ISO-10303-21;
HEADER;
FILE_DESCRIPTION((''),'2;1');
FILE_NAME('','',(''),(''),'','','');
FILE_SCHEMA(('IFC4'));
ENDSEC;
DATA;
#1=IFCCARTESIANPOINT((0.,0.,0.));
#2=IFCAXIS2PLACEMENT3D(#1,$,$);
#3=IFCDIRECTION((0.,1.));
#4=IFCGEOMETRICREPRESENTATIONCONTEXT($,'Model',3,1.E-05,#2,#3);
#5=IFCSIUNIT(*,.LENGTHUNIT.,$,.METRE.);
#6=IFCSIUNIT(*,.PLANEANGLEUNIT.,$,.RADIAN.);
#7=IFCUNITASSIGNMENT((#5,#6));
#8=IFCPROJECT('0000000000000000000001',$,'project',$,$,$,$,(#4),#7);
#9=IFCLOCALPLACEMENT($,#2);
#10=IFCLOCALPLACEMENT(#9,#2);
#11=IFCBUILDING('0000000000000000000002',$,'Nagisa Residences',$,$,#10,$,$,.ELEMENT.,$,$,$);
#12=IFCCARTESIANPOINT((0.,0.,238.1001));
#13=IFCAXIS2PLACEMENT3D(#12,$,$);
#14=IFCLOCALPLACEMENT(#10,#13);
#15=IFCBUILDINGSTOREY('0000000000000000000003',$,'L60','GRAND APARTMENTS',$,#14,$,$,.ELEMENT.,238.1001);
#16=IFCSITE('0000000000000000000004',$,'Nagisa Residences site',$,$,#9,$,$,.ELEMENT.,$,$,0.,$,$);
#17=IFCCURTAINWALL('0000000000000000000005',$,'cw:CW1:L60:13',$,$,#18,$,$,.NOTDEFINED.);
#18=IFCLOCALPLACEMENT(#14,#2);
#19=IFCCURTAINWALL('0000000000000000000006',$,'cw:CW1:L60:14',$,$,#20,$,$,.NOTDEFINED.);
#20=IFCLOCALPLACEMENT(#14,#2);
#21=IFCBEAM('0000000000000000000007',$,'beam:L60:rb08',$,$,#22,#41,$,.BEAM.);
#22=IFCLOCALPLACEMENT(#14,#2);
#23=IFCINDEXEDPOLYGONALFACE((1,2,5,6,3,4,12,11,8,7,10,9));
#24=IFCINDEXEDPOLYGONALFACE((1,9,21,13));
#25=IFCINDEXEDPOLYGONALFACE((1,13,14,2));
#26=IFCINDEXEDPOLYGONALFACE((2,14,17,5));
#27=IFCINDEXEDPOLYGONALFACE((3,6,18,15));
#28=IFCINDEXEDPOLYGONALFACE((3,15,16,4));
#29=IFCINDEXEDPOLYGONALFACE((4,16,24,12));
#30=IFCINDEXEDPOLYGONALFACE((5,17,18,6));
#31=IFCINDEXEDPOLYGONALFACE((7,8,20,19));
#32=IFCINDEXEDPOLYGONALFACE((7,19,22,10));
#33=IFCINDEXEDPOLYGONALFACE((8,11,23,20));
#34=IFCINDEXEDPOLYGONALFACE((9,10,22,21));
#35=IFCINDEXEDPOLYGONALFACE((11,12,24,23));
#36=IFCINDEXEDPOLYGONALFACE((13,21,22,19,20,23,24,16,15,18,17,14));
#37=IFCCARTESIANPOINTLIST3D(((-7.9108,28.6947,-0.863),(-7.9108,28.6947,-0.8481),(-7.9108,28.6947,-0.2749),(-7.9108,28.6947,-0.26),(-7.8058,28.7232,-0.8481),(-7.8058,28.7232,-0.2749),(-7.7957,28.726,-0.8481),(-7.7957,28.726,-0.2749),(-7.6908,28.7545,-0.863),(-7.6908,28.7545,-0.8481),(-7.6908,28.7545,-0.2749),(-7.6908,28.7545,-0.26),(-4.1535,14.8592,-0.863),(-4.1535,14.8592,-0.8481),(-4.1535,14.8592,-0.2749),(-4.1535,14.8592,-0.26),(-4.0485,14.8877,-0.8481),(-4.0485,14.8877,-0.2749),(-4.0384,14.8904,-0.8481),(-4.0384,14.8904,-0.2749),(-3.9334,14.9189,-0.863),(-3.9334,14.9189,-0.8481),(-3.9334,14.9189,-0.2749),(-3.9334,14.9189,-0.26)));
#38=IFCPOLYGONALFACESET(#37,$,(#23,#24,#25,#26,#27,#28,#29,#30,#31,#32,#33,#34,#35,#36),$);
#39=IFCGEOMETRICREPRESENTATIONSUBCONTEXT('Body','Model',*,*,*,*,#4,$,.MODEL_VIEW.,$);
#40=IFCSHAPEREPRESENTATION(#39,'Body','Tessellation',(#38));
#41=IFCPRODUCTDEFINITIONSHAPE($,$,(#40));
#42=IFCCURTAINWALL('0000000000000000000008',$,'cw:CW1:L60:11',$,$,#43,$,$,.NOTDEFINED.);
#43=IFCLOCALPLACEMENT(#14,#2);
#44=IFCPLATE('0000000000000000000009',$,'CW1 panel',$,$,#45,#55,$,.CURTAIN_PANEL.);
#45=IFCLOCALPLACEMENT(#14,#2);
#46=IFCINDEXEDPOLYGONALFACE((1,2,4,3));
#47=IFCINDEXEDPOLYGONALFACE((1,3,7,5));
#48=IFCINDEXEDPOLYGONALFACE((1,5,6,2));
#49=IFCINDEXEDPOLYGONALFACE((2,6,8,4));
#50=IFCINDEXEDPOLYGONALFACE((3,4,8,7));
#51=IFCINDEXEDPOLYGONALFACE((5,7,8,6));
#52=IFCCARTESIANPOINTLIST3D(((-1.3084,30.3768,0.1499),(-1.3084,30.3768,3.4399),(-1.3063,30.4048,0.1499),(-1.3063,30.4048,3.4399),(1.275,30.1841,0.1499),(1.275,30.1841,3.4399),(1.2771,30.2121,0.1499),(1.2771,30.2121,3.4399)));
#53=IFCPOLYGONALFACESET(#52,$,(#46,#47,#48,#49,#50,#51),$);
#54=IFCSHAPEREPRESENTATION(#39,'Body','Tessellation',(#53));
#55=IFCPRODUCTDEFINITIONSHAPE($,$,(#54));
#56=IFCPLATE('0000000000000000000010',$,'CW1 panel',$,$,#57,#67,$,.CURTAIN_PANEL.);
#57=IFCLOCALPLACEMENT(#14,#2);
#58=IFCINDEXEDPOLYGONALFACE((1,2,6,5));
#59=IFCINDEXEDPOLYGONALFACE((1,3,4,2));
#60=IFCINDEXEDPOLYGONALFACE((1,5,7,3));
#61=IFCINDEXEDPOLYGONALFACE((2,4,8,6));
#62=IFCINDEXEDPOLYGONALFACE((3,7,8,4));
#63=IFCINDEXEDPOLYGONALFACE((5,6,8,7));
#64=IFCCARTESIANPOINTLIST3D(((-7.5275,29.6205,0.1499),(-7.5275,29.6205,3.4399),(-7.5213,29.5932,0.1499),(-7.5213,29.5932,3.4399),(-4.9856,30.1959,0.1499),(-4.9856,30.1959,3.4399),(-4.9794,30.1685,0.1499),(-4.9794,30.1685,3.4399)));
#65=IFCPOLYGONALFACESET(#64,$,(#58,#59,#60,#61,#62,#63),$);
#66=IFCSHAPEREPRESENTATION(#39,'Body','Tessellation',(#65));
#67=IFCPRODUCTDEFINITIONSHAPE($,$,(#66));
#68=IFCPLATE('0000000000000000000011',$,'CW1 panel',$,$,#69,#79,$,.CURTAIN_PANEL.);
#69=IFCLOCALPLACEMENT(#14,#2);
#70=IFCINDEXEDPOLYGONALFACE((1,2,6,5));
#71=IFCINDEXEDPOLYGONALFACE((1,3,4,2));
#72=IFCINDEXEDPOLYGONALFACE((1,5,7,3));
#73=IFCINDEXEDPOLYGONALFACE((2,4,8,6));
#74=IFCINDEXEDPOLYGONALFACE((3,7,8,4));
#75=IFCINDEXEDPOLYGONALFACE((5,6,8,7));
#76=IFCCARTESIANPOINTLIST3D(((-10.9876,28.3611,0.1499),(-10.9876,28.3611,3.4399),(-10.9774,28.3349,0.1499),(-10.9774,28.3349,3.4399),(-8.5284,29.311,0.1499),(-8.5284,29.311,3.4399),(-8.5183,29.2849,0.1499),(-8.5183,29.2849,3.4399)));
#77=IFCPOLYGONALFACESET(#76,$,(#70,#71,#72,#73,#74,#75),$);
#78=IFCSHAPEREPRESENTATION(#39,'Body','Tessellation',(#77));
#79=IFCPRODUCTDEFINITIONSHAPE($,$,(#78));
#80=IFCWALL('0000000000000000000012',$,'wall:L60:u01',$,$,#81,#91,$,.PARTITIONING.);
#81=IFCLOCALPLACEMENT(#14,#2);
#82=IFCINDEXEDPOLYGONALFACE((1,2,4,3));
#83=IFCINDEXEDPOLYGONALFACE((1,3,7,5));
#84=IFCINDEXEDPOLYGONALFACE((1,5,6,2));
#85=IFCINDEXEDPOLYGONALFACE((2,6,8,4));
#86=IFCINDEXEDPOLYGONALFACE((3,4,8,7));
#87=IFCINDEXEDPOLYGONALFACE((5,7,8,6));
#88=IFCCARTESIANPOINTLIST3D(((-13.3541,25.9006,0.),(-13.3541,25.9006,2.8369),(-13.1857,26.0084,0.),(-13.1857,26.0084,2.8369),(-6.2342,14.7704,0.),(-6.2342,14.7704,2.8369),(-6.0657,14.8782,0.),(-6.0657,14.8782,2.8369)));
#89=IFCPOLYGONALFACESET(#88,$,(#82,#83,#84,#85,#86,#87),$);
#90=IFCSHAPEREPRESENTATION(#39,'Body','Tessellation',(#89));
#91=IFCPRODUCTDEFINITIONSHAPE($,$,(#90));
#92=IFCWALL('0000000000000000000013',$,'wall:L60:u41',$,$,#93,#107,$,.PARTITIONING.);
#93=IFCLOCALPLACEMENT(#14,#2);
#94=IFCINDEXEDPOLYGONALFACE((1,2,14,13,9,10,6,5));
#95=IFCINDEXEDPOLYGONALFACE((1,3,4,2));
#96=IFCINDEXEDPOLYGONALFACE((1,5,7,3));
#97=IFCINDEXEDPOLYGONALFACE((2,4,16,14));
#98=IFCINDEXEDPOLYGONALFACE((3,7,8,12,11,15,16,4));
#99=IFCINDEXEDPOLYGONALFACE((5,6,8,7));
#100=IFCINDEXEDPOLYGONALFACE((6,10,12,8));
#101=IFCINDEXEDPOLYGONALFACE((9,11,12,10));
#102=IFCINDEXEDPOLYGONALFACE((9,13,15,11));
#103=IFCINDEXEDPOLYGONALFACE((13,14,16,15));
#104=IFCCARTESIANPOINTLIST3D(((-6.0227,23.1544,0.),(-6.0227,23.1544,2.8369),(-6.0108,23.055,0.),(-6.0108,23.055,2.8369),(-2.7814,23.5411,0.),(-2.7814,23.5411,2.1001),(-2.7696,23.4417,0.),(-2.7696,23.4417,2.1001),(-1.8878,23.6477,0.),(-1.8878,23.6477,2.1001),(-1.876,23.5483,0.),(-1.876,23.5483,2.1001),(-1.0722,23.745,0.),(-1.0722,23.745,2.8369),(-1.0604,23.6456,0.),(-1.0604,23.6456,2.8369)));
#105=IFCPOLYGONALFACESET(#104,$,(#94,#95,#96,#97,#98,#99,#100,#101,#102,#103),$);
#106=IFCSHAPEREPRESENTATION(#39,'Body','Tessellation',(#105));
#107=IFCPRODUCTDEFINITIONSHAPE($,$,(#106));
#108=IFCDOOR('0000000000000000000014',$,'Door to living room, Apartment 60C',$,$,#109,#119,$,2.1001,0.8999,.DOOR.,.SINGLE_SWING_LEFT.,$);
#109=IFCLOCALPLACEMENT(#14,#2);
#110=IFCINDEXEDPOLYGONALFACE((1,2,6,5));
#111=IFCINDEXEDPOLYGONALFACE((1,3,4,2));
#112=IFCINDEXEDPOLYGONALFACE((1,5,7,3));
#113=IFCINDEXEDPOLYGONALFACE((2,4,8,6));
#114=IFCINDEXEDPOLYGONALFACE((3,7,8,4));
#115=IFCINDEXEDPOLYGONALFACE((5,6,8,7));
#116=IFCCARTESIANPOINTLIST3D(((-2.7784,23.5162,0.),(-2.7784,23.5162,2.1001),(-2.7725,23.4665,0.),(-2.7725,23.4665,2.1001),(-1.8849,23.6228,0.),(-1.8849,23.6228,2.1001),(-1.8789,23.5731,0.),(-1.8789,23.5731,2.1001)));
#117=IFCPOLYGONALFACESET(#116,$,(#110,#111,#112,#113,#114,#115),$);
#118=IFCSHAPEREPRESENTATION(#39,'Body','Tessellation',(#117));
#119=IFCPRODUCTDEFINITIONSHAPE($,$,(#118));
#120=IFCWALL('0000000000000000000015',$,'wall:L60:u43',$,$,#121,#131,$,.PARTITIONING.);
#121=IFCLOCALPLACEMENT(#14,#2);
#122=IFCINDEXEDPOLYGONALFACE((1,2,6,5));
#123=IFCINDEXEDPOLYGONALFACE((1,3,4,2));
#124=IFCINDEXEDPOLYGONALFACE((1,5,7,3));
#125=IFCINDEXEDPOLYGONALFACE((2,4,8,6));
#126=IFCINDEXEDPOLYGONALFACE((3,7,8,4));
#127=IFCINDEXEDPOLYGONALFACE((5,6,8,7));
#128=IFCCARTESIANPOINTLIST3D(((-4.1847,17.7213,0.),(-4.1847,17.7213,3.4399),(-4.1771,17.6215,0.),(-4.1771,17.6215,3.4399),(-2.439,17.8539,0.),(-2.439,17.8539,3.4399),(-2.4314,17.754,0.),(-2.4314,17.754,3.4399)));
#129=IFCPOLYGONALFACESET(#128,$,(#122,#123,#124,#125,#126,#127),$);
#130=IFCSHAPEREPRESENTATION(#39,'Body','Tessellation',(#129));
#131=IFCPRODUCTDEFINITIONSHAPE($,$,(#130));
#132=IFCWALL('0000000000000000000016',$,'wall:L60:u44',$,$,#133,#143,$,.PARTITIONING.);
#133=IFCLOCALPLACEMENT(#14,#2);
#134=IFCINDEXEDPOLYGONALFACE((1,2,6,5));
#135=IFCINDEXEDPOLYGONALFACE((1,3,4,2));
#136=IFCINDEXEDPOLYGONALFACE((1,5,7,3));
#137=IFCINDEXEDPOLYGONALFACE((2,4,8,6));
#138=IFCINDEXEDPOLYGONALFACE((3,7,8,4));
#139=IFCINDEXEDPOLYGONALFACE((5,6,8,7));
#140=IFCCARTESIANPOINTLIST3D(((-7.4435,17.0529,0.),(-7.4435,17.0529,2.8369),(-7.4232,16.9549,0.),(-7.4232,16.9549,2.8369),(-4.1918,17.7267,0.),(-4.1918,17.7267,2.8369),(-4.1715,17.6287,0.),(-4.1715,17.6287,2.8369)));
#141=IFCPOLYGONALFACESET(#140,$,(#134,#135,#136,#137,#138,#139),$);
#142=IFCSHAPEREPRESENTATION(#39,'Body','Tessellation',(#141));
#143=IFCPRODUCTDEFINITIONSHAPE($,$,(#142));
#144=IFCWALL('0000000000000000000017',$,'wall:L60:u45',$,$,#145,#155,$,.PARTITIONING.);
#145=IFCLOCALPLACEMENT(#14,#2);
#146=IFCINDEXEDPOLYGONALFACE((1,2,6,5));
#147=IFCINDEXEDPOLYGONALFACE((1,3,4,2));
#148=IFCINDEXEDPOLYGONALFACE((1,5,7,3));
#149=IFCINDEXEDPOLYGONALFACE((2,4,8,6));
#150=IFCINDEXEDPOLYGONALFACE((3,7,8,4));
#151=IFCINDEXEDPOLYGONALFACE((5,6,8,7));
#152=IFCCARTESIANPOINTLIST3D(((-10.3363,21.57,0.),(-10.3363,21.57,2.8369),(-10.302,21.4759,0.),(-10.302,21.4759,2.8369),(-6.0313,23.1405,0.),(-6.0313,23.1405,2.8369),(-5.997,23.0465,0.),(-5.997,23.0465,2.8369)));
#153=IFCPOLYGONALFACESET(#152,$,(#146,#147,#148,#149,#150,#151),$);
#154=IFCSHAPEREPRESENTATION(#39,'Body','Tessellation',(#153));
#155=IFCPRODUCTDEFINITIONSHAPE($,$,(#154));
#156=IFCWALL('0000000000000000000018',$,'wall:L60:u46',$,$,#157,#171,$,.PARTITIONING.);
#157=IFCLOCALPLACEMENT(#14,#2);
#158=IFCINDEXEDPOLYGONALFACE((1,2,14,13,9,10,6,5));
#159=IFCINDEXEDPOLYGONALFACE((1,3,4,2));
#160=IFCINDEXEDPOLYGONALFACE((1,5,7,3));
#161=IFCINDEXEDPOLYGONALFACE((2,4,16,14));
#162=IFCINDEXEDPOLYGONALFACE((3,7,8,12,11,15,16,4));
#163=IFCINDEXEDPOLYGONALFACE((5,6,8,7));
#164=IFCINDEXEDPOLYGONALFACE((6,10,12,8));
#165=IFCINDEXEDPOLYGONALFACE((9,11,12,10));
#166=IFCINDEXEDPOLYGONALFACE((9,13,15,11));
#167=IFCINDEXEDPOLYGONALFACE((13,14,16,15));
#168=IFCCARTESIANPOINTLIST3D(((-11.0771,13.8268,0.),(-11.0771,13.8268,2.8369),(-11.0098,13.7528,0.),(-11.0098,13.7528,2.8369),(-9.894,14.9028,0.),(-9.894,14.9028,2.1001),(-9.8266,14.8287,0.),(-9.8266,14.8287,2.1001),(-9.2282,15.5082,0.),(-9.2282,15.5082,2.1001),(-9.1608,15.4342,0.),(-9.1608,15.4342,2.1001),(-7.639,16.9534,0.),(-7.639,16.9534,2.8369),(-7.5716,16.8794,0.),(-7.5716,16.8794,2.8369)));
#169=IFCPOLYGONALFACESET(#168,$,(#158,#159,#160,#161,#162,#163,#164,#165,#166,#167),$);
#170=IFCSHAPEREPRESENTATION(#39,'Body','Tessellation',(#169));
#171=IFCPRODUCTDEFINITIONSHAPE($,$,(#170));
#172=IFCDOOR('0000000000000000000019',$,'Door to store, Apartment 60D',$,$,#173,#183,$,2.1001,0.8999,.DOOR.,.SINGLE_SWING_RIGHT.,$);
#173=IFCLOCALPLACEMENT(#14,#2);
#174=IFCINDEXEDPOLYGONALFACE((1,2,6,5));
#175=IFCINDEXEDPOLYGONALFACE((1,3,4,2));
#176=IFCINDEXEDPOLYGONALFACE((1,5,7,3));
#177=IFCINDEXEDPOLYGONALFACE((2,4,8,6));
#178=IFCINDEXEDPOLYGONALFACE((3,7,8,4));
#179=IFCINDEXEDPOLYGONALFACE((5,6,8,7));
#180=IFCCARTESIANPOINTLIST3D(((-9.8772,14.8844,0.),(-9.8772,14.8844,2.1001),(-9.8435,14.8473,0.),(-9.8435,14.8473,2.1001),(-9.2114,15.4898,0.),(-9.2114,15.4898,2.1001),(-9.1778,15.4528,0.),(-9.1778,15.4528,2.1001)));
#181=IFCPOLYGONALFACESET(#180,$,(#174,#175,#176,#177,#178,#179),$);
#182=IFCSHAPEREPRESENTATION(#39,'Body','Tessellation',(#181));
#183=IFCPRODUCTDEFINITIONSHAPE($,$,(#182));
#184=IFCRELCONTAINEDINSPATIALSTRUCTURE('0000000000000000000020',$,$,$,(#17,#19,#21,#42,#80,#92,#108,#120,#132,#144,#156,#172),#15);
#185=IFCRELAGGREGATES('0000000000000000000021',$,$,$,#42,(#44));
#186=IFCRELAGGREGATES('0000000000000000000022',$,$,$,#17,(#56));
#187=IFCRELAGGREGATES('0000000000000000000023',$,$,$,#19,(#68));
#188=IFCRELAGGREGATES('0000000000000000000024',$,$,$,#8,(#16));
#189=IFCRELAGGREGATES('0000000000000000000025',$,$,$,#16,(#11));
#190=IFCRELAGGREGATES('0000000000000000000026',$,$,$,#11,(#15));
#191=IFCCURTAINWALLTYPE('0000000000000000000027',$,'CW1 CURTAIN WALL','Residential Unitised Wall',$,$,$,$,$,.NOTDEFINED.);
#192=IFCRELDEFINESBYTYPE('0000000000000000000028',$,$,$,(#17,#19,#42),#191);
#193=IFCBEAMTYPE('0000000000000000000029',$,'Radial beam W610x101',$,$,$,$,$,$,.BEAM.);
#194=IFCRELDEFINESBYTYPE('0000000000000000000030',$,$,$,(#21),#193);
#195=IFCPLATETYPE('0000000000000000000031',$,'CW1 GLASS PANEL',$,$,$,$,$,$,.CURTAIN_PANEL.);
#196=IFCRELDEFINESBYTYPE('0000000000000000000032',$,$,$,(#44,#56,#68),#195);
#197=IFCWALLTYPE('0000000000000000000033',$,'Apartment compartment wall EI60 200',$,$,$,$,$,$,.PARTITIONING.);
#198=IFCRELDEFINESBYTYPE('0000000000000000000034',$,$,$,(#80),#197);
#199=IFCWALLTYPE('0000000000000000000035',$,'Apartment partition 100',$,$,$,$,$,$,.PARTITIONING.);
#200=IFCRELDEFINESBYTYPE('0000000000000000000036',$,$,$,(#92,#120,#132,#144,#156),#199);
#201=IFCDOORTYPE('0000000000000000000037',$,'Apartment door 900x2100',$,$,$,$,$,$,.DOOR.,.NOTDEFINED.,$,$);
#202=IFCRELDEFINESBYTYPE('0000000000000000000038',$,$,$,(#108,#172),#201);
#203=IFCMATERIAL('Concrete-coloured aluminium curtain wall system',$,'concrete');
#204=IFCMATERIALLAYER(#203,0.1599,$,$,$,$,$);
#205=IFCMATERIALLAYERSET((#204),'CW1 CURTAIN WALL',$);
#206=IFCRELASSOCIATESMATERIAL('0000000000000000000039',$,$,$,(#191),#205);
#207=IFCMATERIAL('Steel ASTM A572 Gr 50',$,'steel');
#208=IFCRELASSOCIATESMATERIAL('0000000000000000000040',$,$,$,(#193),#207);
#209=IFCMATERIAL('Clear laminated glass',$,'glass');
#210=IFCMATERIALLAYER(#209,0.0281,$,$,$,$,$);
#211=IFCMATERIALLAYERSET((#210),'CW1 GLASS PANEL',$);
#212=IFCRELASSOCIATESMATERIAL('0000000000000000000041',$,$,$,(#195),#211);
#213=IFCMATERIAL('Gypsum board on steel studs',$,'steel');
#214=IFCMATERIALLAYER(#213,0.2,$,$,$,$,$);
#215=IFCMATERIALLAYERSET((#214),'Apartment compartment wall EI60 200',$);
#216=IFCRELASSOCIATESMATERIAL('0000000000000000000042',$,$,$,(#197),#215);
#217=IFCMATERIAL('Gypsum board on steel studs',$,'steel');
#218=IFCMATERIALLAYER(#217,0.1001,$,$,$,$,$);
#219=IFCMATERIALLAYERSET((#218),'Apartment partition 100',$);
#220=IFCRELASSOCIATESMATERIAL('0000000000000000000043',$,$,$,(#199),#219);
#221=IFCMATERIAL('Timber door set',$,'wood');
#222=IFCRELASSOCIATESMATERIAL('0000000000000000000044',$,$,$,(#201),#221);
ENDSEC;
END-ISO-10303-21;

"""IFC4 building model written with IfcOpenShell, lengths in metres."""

from ifc_helpers import new_model, si_unit, direction, frame, frame_2d, origin, origin_2d, place, context, subcontext, project, spatial, rectangle, i_section, extrude, material, layer, layer_set, material_profile, profile_set, type_object, element, fill, aggregate, save


model = new_model("IFC4")

# Units and contexts
model_context = context("Model", 3, precision=1e-05, world=origin(), true_north=direction((0.0, 1.0)))
body_context = subcontext(model_context, "Body", "Model", "MODEL_VIEW")
ifc_project = project(units=[si_unit("LENGTHUNIT", "METRE"), si_unit("PLANEANGLEUNIT", "RADIAN")], contexts=[model_context])

# Site, building, storey
site_placement = place(None, origin())
site = spatial("IfcSite", under=ifc_project, at=site_placement, Name="Nagisa Residences site", CompositionType="ELEMENT", RefElevation=0.0)
building_placement = place(site_placement, origin())
building = spatial("IfcBuilding", under=site, at=building_placement, Name="Nagisa Residences", CompositionType="ELEMENT")
storey_placement = place(building_placement, frame((0.0, 0.0, 238.1001)))
storey = spatial("IfcBuildingStorey", under=building, at=storey_placement, Name="L60", Description="GRAND APARTMENTS", CompositionType="ELEMENT", Elevation=238.1001)

# Curtain walls
ifc_material_1 = material(Name="Concrete-coloured aluminium curtain wall system", Category="concrete")
ifc_layer_1 = layer(ifc_material_1, 0.1599)
ifc_layer_set_1 = layer_set([ifc_layer_1], Name="CW1 CURTAIN WALL")
curtain_wall_type = type_object("IfcCurtainWallType", Name="CW1 CURTAIN WALL", Description="Residential Unitised Wall", PredefinedType="NOTDEFINED", material=ifc_layer_set_1)
curtain_wall_1_placement = place(storey_placement, origin())
curtain_wall_1 = element("IfcCurtainWall", 1, at=curtain_wall_1_placement, inside=storey, type_object=curtain_wall_type, Name="cw:CW1:L60:13", PredefinedType="NOTDEFINED")
curtain_wall_2_placement = place(storey_placement, origin())
curtain_wall_2 = element("IfcCurtainWall", 2, at=curtain_wall_2_placement, inside=storey, type_object=curtain_wall_type, Name="cw:CW1:L60:14", PredefinedType="NOTDEFINED")

# Beam
ifc_material_2 = material(Name="Steel ASTM A572 Gr 50", Category="steel")
ifc_material_profile_1 = material_profile(ifc_material_2, i_section(OverallWidth=0.228, OverallDepth=0.603, WebThickness=0.0105, FlangeThickness=0.0149, at=origin_2d()), Name="W610x101")
ifc_profile_set_1 = profile_set([ifc_material_profile_1], Name="Steel ASTM A572 Gr 50")
beam_type_1 = type_object("IfcBeamType", Name="Radial beam W610x101", PredefinedType="BEAM", material=ifc_profile_set_1)
beam_1_placement = place(storey_placement, frame((-7.8008, 28.7246, -0.5615), z_axis=(0.26208, -0.965046, 0.0), x_axis=(0.965046, 0.26208, 0.0)))
element("IfcBeam", 3, at=beam_1_placement, inside=storey, type_object=beam_type_1, Name="beam:L60:rb08", PredefinedType="BEAM", context=body_context, shape_type="SweptSolid", body=[
    extrude(i_section(OverallWidth=0.228, OverallDepth=0.603, WebThickness=0.0105, FlangeThickness=0.0149, at=origin_2d()), origin(), (0.0, 0.0, 1.0), 14.3367),
])

# Curtain wall, plate
curtain_wall_3_placement = place(storey_placement, origin())
curtain_wall_3 = element("IfcCurtainWall", 4, at=curtain_wall_3_placement, inside=storey, type_object=curtain_wall_type, Name="cw:CW1:L60:11", PredefinedType="NOTDEFINED")
ifc_material_3 = material(Name="Clear laminated glass", Category="glass")
ifc_layer_2 = layer(ifc_material_3, 0.0281)
ifc_layer_set_2 = layer_set([ifc_layer_2], Name="CW1 GLASS PANEL")
plate_type = type_object("IfcPlateType", Name="CW1 GLASS PANEL", PredefinedType="CURTAIN_PANEL", material=ifc_layer_set_2)
plate_1_placement = place(storey_placement, frame((-0.0156, 30.2944, 0.1499), z_axis=(0.0, 0.0, 1.0), x_axis=(-0.99723, 0.074377, 0.0)))
plate_1 = element("IfcPlate", 5, at=plate_1_placement, type_object=plate_type, Name="CW1 panel", PredefinedType="CURTAIN_PANEL", context=body_context, shape_type="SweptSolid", body=[
    extrude(rectangle(XDim=2.5906, YDim=0.0281, at=origin_2d()), origin(), (0.0, 0.0, 1.0), 3.29),
])
aggregate(curtain_wall_3, [plate_1])

# Plates
plate_2_placement = place(storey_placement, frame((-6.2534, 29.8945, 0.1499), z_axis=(0.0, 0.0, 1.0), x_axis=(-0.975327, -0.220764, 0.0)))
plate_2 = element("IfcPlate", 6, at=plate_2_placement, type_object=plate_type, Name="CW1 panel", PredefinedType="CURTAIN_PANEL", context=body_context, shape_type="SweptSolid", body=[
    extrude(rectangle(XDim=2.6062, YDim=0.0281, at=origin_2d()), origin(), (0.0, 0.0, 1.0), 3.29),
])
aggregate(curtain_wall_1, [plate_2])
plate_3_placement = place(storey_placement, frame((-9.7529, 28.823, 0.1499), z_axis=(0.0, 0.0, 1.0), x_axis=(-0.932826, -0.360328, 0.0)))
plate_3 = element("IfcPlate", 7, at=plate_3_placement, type_object=plate_type, Name="CW1 panel", PredefinedType="CURTAIN_PANEL", context=body_context, shape_type="SweptSolid", body=[
    extrude(rectangle(XDim=2.6362, YDim=0.0281, at=origin_2d()), origin(), (0.0, 0.0, 1.0), 3.29),
])
aggregate(curtain_wall_2, [plate_3])

# Wall
ifc_material_4 = material(Name="Gypsum board on steel studs", Category="steel")
ifc_layer_3 = layer(ifc_material_4, 0.2)
ifc_layer_set_3 = layer_set([ifc_layer_3], Name="Apartment compartment wall EI60 200")
wall_type_1 = type_object("IfcWallType", Name="Apartment compartment wall EI60 200", PredefinedType="PARTITIONING", material=ifc_layer_set_3)
wall_1_placement = place(storey_placement, frame((-6.1499, 14.8242, 0.0), z_axis=(0.0, 0.0, 1.0), x_axis=(-0.538871, 0.842388, 0.0)))
element("IfcWall", 8, at=wall_1_placement, inside=storey, type_object=wall_type_1, Name="wall:L60:u01", PredefinedType="PARTITIONING", context=body_context, shape_type="SweptSolid", body=[
    extrude(rectangle(XDim=13.2126, YDim=0.2, at=frame_2d((6.6064, 0.0))), origin(), (0.0, 0.0, 1.0), 2.8369),
])

# Wall, opening, door
ifc_material_5 = material(Name="Gypsum board on steel studs", Category="steel")
ifc_layer_4 = layer(ifc_material_5, 0.1001)
ifc_layer_set_4 = layer_set([ifc_layer_4], Name="Apartment partition 100")
wall_type_2 = type_object("IfcWallType", Name="Apartment partition 100", PredefinedType="PARTITIONING", material=ifc_layer_set_4)
wall_2_placement = place(storey_placement, frame((-1.0664, 23.6953, 0.0), z_axis=(0.0, 0.0, 1.0), x_axis=(-0.992959, -0.118458, 0.0)))
wall_2 = element("IfcWall", 9, at=wall_2_placement, inside=storey, type_object=wall_type_2, Name="wall:L60:u41", PredefinedType="PARTITIONING", context=body_context, shape_type="SweptSolid", body=[
    extrude(rectangle(XDim=4.9856, YDim=0.1001, at=frame_2d((2.4927, 0.0))), origin(), (0.0, 0.0, 1.0), 2.8369),
])
opening_1_placement = place(wall_2_placement, frame((0.8213, 0.0, 0.0)))
opening_1 = element("IfcOpeningElement", 10, at=opening_1_placement, cuts=wall_2, PredefinedType="OPENING", context=body_context, shape_type="SweptSolid", body=[
    extrude(rectangle(XDim=0.8999, YDim=2.1001, at=frame_2d((0.45, 1.05))), frame((0.0, 0.0601, 0.0), z_axis=(0.0, -1.0, 0.0), x_axis=(1.0, 0.0, 0.0)), (0.0, 0.0, 1.0), 0.1201),
])
ifc_material_6 = material(Name="Timber door set", Category="wood")
door_type_1 = type_object("IfcDoorType", Name="Apartment door 900x2100", OperationType="NOTDEFINED", PredefinedType="DOOR", material=ifc_material_6)
door_1_placement = place(opening_1_placement, frame((0.8999, 0.0, 0.0), x_axis=(-1.0, 0.0, 0.0)))
door_1 = element("IfcDoor", 11, at=door_1_placement, inside=storey, type_object=door_type_1, Name="Door to living room, Apartment 60C", OperationType="SINGLE_SWING_LEFT", OverallHeight=2.1001, OverallWidth=0.8999, PredefinedType="DOOR", context=body_context, shape_type="SweptSolid", body=[
    extrude(rectangle(XDim=0.8999, YDim=2.1001, at=frame_2d((0.45, 1.05))), frame((0.0, 0.0249, 0.0), z_axis=(0.0, -1.0, 0.0), x_axis=(1.0, 0.0, 0.0)), (0.0, 0.0, 1.0), 0.05),
])
fill(opening_1, door_1)

# Walls
wall_3_placement = place(storey_placement, frame((-2.4351, 17.804, 0.0), z_axis=(0.0, 0.0, 1.0), x_axis=(-0.997129, -0.075726, 0.0)))
element("IfcWall", 12, at=wall_3_placement, inside=storey, type_object=wall_type_2, Name="wall:L60:u43", PredefinedType="PARTITIONING", context=body_context, shape_type="SweptSolid", body=[
    extrude(rectangle(XDim=1.7507, YDim=0.1001, at=frame_2d((0.8755, 0.0))), origin(), (0.0, 0.0, 1.0), 3.4399),
])
wall_4_placement = place(storey_placement, frame((-4.1816, 17.6777, 0.0), z_axis=(0.0, 0.0, 1.0), x_axis=(-0.979197, -0.202912, 0.0)))
element("IfcWall", 13, at=wall_4_placement, inside=storey, type_object=wall_type_2, Name="wall:L60:u44", PredefinedType="PARTITIONING", context=body_context, shape_type="SweptSolid", body=[
    extrude(rectangle(XDim=3.3208, YDim=0.1001, at=frame_2d((1.6604, 0.0))), origin(), (0.0, 0.0, 1.0), 2.8369),
])
wall_5_placement = place(storey_placement, frame((-6.0142, 23.0935, 0.0), z_axis=(0.0, 0.0, 1.0), x_axis=(-0.939434, -0.342731, 0.0)))
element("IfcWall", 14, at=wall_5_placement, inside=storey, type_object=wall_type_2, Name="wall:L60:u45", PredefinedType="PARTITIONING", context=body_context, shape_type="SweptSolid", body=[
    extrude(rectangle(XDim=4.5825, YDim=0.1001, at=frame_2d((2.2913, 0.0))), origin(), (0.0, 0.0, 1.0), 2.8369),
])

# Wall, opening, door
wall_6_placement = place(storey_placement, frame((-7.6052, 16.9165, 0.0), z_axis=(0.0, 0.0, 1.0), x_axis=(-0.739828, -0.672796, 0.0)))
wall_6 = element("IfcWall", 15, at=wall_6_placement, inside=storey, type_object=wall_type_2, Name="wall:L60:u46", PredefinedType="PARTITIONING", context=body_context, shape_type="SweptSolid", body=[
    extrude(rectangle(XDim=4.6472, YDim=0.1001, at=frame_2d((2.3237, 0.0))), origin(), (0.0, 0.0, 1.0), 2.8369),
])
opening_2_placement = place(wall_6_placement, frame((2.1482, 0.0, 0.0)))
opening_2 = element("IfcOpeningElement", 16, at=opening_2_placement, cuts=wall_6, PredefinedType="OPENING", context=body_context, shape_type="SweptSolid", body=[
    extrude(rectangle(XDim=0.8999, YDim=2.1001, at=frame_2d((0.45, 1.05))), frame((0.0, 0.0601, 0.0), z_axis=(0.0, -1.0, 0.0), x_axis=(1.0, 0.0, 0.0)), (0.0, 0.0, 1.0), 0.1201),
])
door_2_placement = place(opening_2_placement, origin())
door_2 = element("IfcDoor", 17, at=door_2_placement, inside=storey, type_object=door_type_1, Name="Door to store, Apartment 60D", OperationType="SINGLE_SWING_RIGHT", OverallHeight=2.1001, OverallWidth=0.8999, PredefinedType="DOOR", context=body_context, shape_type="SweptSolid", body=[
    extrude(rectangle(XDim=0.8999, YDim=2.1001, at=frame_2d((0.45, 1.05))), frame((0.0, 0.0249, 0.0), z_axis=(0.0, -1.0, 0.0), x_axis=(1.0, 0.0, 0.0)), (0.0, 0.0, 1.0), 0.05),
])
fill(opening_2, door_2)

save(model, "model.ifc")
